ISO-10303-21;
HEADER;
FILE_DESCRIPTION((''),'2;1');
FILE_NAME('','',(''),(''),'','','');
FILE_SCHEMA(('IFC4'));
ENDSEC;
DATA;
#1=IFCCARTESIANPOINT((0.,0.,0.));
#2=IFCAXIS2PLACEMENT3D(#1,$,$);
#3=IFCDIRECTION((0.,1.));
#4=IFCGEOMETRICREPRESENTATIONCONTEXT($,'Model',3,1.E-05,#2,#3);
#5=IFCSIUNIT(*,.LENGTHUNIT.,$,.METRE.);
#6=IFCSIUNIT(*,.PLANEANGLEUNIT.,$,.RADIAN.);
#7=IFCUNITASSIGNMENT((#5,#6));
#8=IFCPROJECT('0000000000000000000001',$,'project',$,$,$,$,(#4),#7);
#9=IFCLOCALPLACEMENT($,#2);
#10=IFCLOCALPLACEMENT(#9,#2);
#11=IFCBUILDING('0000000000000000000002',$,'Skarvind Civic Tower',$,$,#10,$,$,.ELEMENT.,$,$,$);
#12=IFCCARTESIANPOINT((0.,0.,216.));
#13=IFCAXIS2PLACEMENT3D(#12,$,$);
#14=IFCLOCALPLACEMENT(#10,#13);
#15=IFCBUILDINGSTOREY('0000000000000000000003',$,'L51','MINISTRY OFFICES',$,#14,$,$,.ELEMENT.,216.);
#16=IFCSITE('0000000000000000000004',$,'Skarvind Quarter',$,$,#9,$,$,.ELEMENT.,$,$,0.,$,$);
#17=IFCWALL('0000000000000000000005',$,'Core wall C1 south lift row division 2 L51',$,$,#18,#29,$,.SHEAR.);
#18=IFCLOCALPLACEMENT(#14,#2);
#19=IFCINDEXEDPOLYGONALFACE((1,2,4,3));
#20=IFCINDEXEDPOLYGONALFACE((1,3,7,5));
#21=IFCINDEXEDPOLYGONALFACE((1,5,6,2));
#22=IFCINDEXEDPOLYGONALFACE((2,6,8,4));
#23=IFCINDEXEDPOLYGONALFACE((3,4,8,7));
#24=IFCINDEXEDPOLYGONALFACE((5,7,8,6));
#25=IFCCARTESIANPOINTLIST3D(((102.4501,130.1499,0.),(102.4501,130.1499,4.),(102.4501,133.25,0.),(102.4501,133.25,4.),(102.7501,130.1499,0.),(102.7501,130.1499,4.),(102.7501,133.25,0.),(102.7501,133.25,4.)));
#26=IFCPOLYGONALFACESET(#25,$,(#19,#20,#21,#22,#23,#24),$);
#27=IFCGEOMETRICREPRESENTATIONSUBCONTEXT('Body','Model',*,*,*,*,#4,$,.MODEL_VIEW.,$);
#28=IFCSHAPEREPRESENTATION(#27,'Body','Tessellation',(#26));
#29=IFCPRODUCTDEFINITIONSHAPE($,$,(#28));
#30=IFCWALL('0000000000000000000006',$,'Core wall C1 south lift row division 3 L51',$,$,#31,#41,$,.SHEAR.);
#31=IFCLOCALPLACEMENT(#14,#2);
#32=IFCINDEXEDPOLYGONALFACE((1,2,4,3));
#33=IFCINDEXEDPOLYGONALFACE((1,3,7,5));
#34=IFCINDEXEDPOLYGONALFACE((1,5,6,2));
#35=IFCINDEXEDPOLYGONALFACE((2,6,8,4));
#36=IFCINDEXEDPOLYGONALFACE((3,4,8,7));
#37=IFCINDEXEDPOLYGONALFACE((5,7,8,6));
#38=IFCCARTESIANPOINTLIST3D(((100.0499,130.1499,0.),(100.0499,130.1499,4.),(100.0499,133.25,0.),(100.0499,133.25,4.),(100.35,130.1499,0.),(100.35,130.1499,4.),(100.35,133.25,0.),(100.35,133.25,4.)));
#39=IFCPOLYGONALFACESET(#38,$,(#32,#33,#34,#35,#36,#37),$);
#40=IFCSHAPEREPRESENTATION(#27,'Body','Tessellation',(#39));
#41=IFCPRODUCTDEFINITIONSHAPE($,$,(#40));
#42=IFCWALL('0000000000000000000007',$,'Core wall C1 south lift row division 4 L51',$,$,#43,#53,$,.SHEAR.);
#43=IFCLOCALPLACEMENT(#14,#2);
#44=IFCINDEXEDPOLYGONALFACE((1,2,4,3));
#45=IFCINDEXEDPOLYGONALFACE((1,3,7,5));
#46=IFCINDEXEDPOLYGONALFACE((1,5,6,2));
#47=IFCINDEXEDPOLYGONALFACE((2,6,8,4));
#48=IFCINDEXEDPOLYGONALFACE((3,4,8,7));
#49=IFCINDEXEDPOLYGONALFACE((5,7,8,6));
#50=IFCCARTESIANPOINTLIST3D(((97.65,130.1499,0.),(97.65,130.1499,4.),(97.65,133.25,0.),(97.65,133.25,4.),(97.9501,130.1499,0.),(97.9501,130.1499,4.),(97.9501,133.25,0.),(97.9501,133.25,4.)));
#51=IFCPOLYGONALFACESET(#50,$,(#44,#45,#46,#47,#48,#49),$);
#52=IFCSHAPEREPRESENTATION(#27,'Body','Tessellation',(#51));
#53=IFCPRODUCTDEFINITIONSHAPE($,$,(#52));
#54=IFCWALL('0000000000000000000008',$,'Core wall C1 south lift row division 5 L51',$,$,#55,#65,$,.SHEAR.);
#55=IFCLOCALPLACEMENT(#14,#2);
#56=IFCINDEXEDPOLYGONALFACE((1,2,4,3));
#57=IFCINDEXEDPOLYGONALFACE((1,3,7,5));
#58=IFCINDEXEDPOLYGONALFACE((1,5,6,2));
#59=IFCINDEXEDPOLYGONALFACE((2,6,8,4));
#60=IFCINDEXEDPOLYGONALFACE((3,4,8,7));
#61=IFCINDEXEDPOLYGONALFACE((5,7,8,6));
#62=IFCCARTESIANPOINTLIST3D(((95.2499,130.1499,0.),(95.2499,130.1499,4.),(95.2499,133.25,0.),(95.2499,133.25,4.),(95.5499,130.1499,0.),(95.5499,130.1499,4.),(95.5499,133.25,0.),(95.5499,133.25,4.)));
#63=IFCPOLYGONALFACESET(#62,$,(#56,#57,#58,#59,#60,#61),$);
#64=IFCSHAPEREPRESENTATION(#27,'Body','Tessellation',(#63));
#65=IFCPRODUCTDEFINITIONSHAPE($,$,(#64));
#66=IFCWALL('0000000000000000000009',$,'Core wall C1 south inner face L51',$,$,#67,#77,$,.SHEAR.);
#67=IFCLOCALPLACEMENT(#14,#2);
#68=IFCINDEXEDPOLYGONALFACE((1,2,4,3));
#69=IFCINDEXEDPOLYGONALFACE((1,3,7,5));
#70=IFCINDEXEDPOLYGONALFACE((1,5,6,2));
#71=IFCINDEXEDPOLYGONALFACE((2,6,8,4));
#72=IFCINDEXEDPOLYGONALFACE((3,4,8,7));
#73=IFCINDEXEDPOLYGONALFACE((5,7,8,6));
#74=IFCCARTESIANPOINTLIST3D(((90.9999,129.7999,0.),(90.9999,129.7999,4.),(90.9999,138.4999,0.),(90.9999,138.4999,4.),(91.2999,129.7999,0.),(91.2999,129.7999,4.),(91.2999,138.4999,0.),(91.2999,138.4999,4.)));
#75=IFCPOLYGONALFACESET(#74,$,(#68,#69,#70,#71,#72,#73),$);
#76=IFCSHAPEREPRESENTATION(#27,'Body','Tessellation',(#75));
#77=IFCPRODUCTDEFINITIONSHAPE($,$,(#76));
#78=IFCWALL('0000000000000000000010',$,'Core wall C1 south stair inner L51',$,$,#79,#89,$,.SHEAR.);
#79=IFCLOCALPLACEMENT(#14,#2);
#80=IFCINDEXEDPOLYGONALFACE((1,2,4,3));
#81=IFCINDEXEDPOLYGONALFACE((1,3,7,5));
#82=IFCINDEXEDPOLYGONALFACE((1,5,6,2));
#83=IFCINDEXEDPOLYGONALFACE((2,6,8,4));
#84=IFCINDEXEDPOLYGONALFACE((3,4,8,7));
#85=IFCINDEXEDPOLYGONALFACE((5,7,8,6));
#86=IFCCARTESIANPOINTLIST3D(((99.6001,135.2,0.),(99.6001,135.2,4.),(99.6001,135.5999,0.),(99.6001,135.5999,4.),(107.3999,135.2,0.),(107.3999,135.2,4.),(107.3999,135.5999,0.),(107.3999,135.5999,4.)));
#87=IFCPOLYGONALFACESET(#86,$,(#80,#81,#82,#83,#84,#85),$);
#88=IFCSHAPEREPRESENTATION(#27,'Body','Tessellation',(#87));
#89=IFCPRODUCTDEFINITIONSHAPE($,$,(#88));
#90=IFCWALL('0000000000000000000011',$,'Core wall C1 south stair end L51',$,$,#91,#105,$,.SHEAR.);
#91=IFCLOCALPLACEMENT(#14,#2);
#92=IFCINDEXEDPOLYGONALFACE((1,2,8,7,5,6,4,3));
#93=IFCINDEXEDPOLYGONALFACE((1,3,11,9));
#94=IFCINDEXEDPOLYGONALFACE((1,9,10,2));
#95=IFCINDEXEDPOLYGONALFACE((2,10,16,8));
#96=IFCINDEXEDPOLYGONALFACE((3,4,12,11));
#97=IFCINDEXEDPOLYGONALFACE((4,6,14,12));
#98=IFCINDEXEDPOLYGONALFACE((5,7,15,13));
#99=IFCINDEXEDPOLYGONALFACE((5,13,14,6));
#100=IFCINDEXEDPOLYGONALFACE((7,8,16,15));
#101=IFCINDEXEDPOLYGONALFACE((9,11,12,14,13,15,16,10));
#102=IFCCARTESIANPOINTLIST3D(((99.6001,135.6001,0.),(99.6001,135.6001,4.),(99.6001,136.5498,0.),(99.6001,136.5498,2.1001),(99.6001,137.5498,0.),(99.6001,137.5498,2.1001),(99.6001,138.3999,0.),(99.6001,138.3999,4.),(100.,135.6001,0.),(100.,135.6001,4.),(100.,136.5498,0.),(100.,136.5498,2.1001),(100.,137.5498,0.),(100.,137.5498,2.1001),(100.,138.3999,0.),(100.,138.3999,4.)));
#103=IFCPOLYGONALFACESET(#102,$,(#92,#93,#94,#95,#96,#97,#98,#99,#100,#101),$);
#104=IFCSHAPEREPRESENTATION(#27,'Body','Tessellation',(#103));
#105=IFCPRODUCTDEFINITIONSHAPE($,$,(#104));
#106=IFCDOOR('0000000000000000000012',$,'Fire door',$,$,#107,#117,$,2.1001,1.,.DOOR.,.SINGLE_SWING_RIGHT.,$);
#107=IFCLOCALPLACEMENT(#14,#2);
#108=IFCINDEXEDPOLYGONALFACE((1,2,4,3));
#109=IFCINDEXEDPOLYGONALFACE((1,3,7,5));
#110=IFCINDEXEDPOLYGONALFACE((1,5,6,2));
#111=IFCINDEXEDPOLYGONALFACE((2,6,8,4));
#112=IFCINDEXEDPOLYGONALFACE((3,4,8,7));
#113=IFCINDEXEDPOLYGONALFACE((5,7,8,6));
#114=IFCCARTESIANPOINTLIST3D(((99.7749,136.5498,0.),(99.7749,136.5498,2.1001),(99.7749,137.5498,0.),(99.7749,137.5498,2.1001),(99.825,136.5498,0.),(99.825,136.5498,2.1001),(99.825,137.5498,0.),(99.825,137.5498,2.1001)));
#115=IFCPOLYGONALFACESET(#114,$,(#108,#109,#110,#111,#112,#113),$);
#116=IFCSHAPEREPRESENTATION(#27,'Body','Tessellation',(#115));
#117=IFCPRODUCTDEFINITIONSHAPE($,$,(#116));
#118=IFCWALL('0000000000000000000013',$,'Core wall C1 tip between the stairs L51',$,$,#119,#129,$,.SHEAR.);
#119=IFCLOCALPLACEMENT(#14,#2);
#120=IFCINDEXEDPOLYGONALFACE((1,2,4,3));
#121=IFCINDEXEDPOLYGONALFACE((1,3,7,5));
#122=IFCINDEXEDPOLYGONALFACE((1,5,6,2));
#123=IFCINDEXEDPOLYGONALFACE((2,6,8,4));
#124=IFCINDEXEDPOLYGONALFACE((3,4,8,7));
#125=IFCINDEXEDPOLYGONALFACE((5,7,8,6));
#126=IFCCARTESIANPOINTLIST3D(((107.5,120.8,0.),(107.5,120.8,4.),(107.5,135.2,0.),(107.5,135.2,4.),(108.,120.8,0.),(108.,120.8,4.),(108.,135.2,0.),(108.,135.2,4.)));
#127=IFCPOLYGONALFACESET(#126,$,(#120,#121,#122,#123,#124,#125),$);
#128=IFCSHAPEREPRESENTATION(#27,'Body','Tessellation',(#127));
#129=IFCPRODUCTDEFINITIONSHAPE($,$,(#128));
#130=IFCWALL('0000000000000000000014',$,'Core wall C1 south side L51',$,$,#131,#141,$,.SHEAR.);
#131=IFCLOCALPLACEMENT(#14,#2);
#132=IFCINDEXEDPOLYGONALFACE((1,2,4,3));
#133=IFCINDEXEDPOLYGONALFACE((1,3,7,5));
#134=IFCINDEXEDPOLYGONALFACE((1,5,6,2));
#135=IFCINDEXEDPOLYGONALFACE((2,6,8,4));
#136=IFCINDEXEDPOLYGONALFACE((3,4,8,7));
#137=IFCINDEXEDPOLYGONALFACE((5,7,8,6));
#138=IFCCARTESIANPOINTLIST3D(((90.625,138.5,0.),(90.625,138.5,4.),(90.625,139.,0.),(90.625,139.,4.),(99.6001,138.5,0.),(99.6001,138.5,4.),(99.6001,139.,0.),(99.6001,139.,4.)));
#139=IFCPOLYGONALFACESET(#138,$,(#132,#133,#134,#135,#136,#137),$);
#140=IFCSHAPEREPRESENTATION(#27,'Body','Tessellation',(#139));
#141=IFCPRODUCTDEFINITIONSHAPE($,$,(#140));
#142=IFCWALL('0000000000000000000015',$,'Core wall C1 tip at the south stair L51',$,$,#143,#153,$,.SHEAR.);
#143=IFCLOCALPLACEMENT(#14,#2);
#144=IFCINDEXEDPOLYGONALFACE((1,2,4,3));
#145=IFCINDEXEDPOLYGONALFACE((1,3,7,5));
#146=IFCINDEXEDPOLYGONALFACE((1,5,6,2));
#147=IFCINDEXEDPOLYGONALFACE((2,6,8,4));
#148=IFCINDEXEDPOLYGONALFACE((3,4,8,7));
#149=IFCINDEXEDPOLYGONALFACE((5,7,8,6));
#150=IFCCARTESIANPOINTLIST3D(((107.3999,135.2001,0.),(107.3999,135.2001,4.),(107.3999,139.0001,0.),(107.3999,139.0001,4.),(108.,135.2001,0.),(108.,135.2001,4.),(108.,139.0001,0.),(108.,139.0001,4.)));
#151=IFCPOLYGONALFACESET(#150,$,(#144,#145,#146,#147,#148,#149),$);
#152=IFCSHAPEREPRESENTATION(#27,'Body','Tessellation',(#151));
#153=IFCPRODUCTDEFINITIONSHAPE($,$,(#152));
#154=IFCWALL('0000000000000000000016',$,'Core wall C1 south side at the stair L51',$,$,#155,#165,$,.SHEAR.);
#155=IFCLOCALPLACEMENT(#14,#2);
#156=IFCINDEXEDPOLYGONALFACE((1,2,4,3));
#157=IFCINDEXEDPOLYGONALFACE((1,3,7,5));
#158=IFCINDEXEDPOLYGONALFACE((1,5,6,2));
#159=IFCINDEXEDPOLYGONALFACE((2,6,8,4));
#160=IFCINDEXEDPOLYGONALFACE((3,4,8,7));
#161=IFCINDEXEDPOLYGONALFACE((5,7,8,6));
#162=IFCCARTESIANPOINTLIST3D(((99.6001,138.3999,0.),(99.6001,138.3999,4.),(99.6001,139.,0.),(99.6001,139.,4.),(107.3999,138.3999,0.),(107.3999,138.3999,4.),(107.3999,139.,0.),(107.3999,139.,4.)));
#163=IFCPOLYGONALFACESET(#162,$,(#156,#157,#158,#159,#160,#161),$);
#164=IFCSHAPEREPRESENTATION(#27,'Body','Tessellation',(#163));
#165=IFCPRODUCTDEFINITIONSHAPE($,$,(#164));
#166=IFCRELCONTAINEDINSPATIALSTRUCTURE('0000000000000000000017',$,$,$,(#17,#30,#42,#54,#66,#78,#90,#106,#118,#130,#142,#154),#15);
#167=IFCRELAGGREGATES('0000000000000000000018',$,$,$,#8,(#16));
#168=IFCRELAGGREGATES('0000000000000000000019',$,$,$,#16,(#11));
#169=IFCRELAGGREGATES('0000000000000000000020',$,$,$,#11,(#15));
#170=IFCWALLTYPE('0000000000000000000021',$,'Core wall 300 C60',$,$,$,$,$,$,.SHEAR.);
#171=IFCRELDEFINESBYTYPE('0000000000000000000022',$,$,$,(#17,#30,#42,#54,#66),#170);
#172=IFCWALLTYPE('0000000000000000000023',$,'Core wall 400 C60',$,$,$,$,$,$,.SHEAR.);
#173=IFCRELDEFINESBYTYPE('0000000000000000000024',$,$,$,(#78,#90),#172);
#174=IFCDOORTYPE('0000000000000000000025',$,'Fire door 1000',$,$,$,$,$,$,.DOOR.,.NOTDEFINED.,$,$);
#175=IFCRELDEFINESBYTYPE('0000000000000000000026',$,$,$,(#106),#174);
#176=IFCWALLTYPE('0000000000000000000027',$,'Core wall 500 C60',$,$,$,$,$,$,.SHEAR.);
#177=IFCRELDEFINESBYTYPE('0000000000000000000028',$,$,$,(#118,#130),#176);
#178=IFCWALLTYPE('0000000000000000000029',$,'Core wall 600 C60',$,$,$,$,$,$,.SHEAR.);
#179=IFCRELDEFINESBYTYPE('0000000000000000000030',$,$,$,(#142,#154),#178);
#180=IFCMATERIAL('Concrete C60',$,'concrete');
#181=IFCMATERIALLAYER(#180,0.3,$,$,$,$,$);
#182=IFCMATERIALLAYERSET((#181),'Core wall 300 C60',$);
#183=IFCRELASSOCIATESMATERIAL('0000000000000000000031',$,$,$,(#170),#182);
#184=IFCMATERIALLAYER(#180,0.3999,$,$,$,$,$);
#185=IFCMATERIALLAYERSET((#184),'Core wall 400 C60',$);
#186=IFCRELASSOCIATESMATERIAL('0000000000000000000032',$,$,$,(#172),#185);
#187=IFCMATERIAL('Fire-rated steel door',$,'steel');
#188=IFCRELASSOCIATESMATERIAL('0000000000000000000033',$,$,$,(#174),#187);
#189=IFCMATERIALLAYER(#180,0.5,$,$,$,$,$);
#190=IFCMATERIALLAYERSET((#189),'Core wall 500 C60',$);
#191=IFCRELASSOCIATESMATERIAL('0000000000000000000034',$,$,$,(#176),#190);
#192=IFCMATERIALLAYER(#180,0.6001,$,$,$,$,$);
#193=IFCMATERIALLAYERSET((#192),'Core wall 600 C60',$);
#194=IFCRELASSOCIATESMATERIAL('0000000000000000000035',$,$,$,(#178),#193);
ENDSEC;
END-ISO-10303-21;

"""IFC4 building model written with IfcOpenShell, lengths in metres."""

from ifc_helpers import new_model, si_unit, direction, frame, frame_2d, origin, place, context, subcontext, project, spatial, rectangle, extrude, material, layer, layer_set, type_object, element, fill, save


model = new_model("IFC4")

# Units and contexts
model_context = context("Model", 3, precision=1e-05, world=origin(), true_north=direction((0.0, 1.0)))
body_context = subcontext(model_context, "Body", "Model", "MODEL_VIEW")
ifc_project = project(units=[si_unit("LENGTHUNIT", "METRE"), si_unit("PLANEANGLEUNIT", "RADIAN")], contexts=[model_context])

# Site, building, storey
site_placement = place(None, origin())
site = spatial("IfcSite", under=ifc_project, at=site_placement, Name="Skarvind Quarter", CompositionType="ELEMENT", RefElevation=0.0)
building_placement = place(site_placement, origin())
building = spatial("IfcBuilding", under=site, at=building_placement, Name="Skarvind Civic Tower", CompositionType="ELEMENT")
storey_placement = place(building_placement, frame((0.0, 0.0, 216.0)))
storey = spatial("IfcBuildingStorey", under=building, at=storey_placement, Name="L51", Description="MINISTRY OFFICES", CompositionType="ELEMENT", Elevation=216.0)

# Shared definitions
ifc_material_1 = material(Name="Concrete C60", Category="concrete")

# Shared definitions
ifc_material_2 = material(Name="Fire-rated steel door", Category="steel")

# Shared definitions
ifc_layer_1 = layer(ifc_material_1, 0.3)
ifc_layer_set_1 = layer_set([ifc_layer_1], Name="Core wall 300 C60")
wall_type_1 = type_object("IfcWallType", Name="Core wall 300 C60", PredefinedType="SHEAR", material=ifc_layer_set_1)

# Walls
for number, where, z_axis, x_axis, name in (
    (1, (102.6001, 133.25, 0.0), (0.0, 0.0, 1.0), (0.0, -1.0, 0.0), "Core wall C1 south lift row division 2 L51"),
    (2, (100.2, 133.25, 0.0), (0.0, 0.0, 1.0), (0.0, -1.0, 0.0), "Core wall C1 south lift row division 3 L51"),
    (3, (97.8, 133.25, 0.0), (0.0, 0.0, 1.0), (0.0, -1.0, 0.0), "Core wall C1 south lift row division 4 L51"),
    (4, (95.3999, 133.25, 0.0), (0.0, 0.0, 1.0), (0.0, -1.0, 0.0), "Core wall C1 south lift row division 5 L51"),
):
    element("IfcWall", number, at=place(storey_placement, frame(where, z_axis=z_axis, x_axis=x_axis)), inside=storey, type_object=wall_type_1, Name=name, PredefinedType="SHEAR", context=body_context, shape_type="SweptSolid", body=[
        extrude(rectangle(XDim=3.1001, YDim=0.3, at=frame_2d((1.55, 0.0))), origin(), (0.0, 0.0, 1.0), 4.0),
    ])
wall_1_placement = place(storey_placement, frame((91.1499, 138.5, 0.0), z_axis=(0.0, 0.0, 1.0), x_axis=(0.0, -1.0, 0.0)))
element("IfcWall", 5, at=wall_1_placement, inside=storey, type_object=wall_type_1, Name="Core wall C1 south inner face L51", PredefinedType="SHEAR", context=body_context, shape_type="SweptSolid", body=[
    extrude(rectangle(XDim=8.7, YDim=0.3, at=frame_2d((4.3501, 0.0))), origin(), (0.0, 0.0, 1.0), 4.0),
])
ifc_layer_2 = layer(ifc_material_1, 0.3999)
ifc_layer_set_2 = layer_set([ifc_layer_2], Name="Core wall 400 C60")
wall_type_2 = type_object("IfcWallType", Name="Core wall 400 C60", PredefinedType="SHEAR", material=ifc_layer_set_2)
wall_2_placement = place(storey_placement, frame((107.3999, 135.3999, 0.0), z_axis=(0.0, 0.0, 1.0), x_axis=(-1.0, 0.0, 0.0)))
element("IfcWall", 6, at=wall_2_placement, inside=storey, type_object=wall_type_2, Name="Core wall C1 south stair inner L51", PredefinedType="SHEAR", context=body_context, shape_type="SweptSolid", body=[
    extrude(rectangle(XDim=7.7998, YDim=0.3999, at=frame_2d((3.8999, 0.0))), origin(), (0.0, 0.0, 1.0), 4.0),
])

# Wall, opening, door
wall_3_placement = place(storey_placement, frame((99.8, 138.3999, 0.0), z_axis=(0.0, 0.0, 1.0), x_axis=(0.0, -1.0, 0.0)))
wall_3 = element("IfcWall", 7, at=wall_3_placement, inside=storey, type_object=wall_type_2, Name="Core wall C1 south stair end L51", PredefinedType="SHEAR", context=body_context, shape_type="SweptSolid", body=[
    extrude(rectangle(XDim=2.7998, YDim=0.3999, at=frame_2d((1.3999, 0.0))), origin(), (0.0, 0.0, 1.0), 4.0),
])
opening_1_placement = place(wall_3_placement, frame((0.8501, 0.0, 0.0)))
opening_1 = element("IfcOpeningElement", 8, at=opening_1_placement, cuts=wall_3, PredefinedType="OPENING", context=body_context, shape_type="SweptSolid", body=[
    extrude(rectangle(XDim=1.0, YDim=2.1001, at=frame_2d((0.5, 1.05))), frame((0.0, 0.21, 0.0), z_axis=(0.0, -1.0, 0.0), x_axis=(1.0, 0.0, 0.0)), (0.0, 0.0, 1.0), 0.4199),
])
door_type_1 = type_object("IfcDoorType", Name="Fire door 1000", OperationType="NOTDEFINED", PredefinedType="DOOR", material=ifc_material_2)
door_1_placement = place(opening_1_placement, origin())
door_1 = element("IfcDoor", 9, at=door_1_placement, inside=storey, type_object=door_type_1, Name="Fire door", OperationType="SINGLE_SWING_RIGHT", OverallHeight=2.1001, OverallWidth=1.0, PredefinedType="DOOR", context=body_context, shape_type="SweptSolid", body=[
    extrude(rectangle(XDim=1.0, YDim=2.1001, at=frame_2d((0.5, 1.05))), frame((0.0, 0.0249, 0.0), z_axis=(0.0, -1.0, 0.0), x_axis=(1.0, 0.0, 0.0)), (0.0, 0.0, 1.0), 0.05),
])
fill(opening_1, door_1)

# Walls
ifc_layer_3 = layer(ifc_material_1, 0.5)
ifc_layer_set_3 = layer_set([ifc_layer_3], Name="Core wall 500 C60")
wall_type_3 = type_object("IfcWallType", Name="Core wall 500 C60", PredefinedType="SHEAR", material=ifc_layer_set_3)
wall_4_placement = place(storey_placement, frame((107.75, 135.2, 0.0), z_axis=(0.0, 0.0, 1.0), x_axis=(0.0, -1.0, 0.0)))
element("IfcWall", 10, at=wall_4_placement, inside=storey, type_object=wall_type_3, Name="Core wall C1 tip between the stairs L51", PredefinedType="SHEAR", context=body_context, shape_type="SweptSolid", body=[
    extrude(rectangle(XDim=14.3999, YDim=0.5, at=frame_2d((7.2, 0.0))), origin(), (0.0, 0.0, 1.0), 4.0),
])
wall_5_placement = place(storey_placement, frame((99.6001, 138.75, 0.0), z_axis=(0.0, 0.0, 1.0), x_axis=(-1.0, 0.0, 0.0)))
element("IfcWall", 11, at=wall_5_placement, inside=storey, type_object=wall_type_3, Name="Core wall C1 south side L51", PredefinedType="SHEAR", context=body_context, shape_type="SweptSolid", body=[
    extrude(rectangle(XDim=8.9751, YDim=0.5, at=frame_2d((4.4875, 0.0))), origin(), (0.0, 0.0, 1.0), 4.0),
])
ifc_layer_4 = layer(ifc_material_1, 0.6001)
ifc_layer_set_4 = layer_set([ifc_layer_4], Name="Core wall 600 C60")
wall_type_4 = type_object("IfcWallType", Name="Core wall 600 C60", PredefinedType="SHEAR", material=ifc_layer_set_4)
wall_6_placement = place(storey_placement, frame((107.7, 139.0, 0.0), z_axis=(0.0, 0.0, 1.0), x_axis=(0.0, -1.0, 0.0)))
element("IfcWall", 12, at=wall_6_placement, inside=storey, type_object=wall_type_4, Name="Core wall C1 tip at the south stair L51", PredefinedType="SHEAR", context=body_context, shape_type="SweptSolid", body=[
    extrude(rectangle(XDim=3.8, YDim=0.6001, at=frame_2d((1.8999, 0.0))), origin(), (0.0, 0.0, 1.0), 4.0),
])
wall_7_placement = place(storey_placement, frame((107.3999, 138.7, 0.0), z_axis=(0.0, 0.0, 1.0), x_axis=(-1.0, 0.0, 0.0)))
element("IfcWall", 13, at=wall_7_placement, inside=storey, type_object=wall_type_4, Name="Core wall C1 south side at the stair L51", PredefinedType="SHEAR", context=body_context, shape_type="SweptSolid", body=[
    extrude(rectangle(XDim=7.7998, YDim=0.6001, at=frame_2d((3.8999, 0.0))), origin(), (0.0, 0.0, 1.0), 4.0),
])

save(model, "model.ifc")
